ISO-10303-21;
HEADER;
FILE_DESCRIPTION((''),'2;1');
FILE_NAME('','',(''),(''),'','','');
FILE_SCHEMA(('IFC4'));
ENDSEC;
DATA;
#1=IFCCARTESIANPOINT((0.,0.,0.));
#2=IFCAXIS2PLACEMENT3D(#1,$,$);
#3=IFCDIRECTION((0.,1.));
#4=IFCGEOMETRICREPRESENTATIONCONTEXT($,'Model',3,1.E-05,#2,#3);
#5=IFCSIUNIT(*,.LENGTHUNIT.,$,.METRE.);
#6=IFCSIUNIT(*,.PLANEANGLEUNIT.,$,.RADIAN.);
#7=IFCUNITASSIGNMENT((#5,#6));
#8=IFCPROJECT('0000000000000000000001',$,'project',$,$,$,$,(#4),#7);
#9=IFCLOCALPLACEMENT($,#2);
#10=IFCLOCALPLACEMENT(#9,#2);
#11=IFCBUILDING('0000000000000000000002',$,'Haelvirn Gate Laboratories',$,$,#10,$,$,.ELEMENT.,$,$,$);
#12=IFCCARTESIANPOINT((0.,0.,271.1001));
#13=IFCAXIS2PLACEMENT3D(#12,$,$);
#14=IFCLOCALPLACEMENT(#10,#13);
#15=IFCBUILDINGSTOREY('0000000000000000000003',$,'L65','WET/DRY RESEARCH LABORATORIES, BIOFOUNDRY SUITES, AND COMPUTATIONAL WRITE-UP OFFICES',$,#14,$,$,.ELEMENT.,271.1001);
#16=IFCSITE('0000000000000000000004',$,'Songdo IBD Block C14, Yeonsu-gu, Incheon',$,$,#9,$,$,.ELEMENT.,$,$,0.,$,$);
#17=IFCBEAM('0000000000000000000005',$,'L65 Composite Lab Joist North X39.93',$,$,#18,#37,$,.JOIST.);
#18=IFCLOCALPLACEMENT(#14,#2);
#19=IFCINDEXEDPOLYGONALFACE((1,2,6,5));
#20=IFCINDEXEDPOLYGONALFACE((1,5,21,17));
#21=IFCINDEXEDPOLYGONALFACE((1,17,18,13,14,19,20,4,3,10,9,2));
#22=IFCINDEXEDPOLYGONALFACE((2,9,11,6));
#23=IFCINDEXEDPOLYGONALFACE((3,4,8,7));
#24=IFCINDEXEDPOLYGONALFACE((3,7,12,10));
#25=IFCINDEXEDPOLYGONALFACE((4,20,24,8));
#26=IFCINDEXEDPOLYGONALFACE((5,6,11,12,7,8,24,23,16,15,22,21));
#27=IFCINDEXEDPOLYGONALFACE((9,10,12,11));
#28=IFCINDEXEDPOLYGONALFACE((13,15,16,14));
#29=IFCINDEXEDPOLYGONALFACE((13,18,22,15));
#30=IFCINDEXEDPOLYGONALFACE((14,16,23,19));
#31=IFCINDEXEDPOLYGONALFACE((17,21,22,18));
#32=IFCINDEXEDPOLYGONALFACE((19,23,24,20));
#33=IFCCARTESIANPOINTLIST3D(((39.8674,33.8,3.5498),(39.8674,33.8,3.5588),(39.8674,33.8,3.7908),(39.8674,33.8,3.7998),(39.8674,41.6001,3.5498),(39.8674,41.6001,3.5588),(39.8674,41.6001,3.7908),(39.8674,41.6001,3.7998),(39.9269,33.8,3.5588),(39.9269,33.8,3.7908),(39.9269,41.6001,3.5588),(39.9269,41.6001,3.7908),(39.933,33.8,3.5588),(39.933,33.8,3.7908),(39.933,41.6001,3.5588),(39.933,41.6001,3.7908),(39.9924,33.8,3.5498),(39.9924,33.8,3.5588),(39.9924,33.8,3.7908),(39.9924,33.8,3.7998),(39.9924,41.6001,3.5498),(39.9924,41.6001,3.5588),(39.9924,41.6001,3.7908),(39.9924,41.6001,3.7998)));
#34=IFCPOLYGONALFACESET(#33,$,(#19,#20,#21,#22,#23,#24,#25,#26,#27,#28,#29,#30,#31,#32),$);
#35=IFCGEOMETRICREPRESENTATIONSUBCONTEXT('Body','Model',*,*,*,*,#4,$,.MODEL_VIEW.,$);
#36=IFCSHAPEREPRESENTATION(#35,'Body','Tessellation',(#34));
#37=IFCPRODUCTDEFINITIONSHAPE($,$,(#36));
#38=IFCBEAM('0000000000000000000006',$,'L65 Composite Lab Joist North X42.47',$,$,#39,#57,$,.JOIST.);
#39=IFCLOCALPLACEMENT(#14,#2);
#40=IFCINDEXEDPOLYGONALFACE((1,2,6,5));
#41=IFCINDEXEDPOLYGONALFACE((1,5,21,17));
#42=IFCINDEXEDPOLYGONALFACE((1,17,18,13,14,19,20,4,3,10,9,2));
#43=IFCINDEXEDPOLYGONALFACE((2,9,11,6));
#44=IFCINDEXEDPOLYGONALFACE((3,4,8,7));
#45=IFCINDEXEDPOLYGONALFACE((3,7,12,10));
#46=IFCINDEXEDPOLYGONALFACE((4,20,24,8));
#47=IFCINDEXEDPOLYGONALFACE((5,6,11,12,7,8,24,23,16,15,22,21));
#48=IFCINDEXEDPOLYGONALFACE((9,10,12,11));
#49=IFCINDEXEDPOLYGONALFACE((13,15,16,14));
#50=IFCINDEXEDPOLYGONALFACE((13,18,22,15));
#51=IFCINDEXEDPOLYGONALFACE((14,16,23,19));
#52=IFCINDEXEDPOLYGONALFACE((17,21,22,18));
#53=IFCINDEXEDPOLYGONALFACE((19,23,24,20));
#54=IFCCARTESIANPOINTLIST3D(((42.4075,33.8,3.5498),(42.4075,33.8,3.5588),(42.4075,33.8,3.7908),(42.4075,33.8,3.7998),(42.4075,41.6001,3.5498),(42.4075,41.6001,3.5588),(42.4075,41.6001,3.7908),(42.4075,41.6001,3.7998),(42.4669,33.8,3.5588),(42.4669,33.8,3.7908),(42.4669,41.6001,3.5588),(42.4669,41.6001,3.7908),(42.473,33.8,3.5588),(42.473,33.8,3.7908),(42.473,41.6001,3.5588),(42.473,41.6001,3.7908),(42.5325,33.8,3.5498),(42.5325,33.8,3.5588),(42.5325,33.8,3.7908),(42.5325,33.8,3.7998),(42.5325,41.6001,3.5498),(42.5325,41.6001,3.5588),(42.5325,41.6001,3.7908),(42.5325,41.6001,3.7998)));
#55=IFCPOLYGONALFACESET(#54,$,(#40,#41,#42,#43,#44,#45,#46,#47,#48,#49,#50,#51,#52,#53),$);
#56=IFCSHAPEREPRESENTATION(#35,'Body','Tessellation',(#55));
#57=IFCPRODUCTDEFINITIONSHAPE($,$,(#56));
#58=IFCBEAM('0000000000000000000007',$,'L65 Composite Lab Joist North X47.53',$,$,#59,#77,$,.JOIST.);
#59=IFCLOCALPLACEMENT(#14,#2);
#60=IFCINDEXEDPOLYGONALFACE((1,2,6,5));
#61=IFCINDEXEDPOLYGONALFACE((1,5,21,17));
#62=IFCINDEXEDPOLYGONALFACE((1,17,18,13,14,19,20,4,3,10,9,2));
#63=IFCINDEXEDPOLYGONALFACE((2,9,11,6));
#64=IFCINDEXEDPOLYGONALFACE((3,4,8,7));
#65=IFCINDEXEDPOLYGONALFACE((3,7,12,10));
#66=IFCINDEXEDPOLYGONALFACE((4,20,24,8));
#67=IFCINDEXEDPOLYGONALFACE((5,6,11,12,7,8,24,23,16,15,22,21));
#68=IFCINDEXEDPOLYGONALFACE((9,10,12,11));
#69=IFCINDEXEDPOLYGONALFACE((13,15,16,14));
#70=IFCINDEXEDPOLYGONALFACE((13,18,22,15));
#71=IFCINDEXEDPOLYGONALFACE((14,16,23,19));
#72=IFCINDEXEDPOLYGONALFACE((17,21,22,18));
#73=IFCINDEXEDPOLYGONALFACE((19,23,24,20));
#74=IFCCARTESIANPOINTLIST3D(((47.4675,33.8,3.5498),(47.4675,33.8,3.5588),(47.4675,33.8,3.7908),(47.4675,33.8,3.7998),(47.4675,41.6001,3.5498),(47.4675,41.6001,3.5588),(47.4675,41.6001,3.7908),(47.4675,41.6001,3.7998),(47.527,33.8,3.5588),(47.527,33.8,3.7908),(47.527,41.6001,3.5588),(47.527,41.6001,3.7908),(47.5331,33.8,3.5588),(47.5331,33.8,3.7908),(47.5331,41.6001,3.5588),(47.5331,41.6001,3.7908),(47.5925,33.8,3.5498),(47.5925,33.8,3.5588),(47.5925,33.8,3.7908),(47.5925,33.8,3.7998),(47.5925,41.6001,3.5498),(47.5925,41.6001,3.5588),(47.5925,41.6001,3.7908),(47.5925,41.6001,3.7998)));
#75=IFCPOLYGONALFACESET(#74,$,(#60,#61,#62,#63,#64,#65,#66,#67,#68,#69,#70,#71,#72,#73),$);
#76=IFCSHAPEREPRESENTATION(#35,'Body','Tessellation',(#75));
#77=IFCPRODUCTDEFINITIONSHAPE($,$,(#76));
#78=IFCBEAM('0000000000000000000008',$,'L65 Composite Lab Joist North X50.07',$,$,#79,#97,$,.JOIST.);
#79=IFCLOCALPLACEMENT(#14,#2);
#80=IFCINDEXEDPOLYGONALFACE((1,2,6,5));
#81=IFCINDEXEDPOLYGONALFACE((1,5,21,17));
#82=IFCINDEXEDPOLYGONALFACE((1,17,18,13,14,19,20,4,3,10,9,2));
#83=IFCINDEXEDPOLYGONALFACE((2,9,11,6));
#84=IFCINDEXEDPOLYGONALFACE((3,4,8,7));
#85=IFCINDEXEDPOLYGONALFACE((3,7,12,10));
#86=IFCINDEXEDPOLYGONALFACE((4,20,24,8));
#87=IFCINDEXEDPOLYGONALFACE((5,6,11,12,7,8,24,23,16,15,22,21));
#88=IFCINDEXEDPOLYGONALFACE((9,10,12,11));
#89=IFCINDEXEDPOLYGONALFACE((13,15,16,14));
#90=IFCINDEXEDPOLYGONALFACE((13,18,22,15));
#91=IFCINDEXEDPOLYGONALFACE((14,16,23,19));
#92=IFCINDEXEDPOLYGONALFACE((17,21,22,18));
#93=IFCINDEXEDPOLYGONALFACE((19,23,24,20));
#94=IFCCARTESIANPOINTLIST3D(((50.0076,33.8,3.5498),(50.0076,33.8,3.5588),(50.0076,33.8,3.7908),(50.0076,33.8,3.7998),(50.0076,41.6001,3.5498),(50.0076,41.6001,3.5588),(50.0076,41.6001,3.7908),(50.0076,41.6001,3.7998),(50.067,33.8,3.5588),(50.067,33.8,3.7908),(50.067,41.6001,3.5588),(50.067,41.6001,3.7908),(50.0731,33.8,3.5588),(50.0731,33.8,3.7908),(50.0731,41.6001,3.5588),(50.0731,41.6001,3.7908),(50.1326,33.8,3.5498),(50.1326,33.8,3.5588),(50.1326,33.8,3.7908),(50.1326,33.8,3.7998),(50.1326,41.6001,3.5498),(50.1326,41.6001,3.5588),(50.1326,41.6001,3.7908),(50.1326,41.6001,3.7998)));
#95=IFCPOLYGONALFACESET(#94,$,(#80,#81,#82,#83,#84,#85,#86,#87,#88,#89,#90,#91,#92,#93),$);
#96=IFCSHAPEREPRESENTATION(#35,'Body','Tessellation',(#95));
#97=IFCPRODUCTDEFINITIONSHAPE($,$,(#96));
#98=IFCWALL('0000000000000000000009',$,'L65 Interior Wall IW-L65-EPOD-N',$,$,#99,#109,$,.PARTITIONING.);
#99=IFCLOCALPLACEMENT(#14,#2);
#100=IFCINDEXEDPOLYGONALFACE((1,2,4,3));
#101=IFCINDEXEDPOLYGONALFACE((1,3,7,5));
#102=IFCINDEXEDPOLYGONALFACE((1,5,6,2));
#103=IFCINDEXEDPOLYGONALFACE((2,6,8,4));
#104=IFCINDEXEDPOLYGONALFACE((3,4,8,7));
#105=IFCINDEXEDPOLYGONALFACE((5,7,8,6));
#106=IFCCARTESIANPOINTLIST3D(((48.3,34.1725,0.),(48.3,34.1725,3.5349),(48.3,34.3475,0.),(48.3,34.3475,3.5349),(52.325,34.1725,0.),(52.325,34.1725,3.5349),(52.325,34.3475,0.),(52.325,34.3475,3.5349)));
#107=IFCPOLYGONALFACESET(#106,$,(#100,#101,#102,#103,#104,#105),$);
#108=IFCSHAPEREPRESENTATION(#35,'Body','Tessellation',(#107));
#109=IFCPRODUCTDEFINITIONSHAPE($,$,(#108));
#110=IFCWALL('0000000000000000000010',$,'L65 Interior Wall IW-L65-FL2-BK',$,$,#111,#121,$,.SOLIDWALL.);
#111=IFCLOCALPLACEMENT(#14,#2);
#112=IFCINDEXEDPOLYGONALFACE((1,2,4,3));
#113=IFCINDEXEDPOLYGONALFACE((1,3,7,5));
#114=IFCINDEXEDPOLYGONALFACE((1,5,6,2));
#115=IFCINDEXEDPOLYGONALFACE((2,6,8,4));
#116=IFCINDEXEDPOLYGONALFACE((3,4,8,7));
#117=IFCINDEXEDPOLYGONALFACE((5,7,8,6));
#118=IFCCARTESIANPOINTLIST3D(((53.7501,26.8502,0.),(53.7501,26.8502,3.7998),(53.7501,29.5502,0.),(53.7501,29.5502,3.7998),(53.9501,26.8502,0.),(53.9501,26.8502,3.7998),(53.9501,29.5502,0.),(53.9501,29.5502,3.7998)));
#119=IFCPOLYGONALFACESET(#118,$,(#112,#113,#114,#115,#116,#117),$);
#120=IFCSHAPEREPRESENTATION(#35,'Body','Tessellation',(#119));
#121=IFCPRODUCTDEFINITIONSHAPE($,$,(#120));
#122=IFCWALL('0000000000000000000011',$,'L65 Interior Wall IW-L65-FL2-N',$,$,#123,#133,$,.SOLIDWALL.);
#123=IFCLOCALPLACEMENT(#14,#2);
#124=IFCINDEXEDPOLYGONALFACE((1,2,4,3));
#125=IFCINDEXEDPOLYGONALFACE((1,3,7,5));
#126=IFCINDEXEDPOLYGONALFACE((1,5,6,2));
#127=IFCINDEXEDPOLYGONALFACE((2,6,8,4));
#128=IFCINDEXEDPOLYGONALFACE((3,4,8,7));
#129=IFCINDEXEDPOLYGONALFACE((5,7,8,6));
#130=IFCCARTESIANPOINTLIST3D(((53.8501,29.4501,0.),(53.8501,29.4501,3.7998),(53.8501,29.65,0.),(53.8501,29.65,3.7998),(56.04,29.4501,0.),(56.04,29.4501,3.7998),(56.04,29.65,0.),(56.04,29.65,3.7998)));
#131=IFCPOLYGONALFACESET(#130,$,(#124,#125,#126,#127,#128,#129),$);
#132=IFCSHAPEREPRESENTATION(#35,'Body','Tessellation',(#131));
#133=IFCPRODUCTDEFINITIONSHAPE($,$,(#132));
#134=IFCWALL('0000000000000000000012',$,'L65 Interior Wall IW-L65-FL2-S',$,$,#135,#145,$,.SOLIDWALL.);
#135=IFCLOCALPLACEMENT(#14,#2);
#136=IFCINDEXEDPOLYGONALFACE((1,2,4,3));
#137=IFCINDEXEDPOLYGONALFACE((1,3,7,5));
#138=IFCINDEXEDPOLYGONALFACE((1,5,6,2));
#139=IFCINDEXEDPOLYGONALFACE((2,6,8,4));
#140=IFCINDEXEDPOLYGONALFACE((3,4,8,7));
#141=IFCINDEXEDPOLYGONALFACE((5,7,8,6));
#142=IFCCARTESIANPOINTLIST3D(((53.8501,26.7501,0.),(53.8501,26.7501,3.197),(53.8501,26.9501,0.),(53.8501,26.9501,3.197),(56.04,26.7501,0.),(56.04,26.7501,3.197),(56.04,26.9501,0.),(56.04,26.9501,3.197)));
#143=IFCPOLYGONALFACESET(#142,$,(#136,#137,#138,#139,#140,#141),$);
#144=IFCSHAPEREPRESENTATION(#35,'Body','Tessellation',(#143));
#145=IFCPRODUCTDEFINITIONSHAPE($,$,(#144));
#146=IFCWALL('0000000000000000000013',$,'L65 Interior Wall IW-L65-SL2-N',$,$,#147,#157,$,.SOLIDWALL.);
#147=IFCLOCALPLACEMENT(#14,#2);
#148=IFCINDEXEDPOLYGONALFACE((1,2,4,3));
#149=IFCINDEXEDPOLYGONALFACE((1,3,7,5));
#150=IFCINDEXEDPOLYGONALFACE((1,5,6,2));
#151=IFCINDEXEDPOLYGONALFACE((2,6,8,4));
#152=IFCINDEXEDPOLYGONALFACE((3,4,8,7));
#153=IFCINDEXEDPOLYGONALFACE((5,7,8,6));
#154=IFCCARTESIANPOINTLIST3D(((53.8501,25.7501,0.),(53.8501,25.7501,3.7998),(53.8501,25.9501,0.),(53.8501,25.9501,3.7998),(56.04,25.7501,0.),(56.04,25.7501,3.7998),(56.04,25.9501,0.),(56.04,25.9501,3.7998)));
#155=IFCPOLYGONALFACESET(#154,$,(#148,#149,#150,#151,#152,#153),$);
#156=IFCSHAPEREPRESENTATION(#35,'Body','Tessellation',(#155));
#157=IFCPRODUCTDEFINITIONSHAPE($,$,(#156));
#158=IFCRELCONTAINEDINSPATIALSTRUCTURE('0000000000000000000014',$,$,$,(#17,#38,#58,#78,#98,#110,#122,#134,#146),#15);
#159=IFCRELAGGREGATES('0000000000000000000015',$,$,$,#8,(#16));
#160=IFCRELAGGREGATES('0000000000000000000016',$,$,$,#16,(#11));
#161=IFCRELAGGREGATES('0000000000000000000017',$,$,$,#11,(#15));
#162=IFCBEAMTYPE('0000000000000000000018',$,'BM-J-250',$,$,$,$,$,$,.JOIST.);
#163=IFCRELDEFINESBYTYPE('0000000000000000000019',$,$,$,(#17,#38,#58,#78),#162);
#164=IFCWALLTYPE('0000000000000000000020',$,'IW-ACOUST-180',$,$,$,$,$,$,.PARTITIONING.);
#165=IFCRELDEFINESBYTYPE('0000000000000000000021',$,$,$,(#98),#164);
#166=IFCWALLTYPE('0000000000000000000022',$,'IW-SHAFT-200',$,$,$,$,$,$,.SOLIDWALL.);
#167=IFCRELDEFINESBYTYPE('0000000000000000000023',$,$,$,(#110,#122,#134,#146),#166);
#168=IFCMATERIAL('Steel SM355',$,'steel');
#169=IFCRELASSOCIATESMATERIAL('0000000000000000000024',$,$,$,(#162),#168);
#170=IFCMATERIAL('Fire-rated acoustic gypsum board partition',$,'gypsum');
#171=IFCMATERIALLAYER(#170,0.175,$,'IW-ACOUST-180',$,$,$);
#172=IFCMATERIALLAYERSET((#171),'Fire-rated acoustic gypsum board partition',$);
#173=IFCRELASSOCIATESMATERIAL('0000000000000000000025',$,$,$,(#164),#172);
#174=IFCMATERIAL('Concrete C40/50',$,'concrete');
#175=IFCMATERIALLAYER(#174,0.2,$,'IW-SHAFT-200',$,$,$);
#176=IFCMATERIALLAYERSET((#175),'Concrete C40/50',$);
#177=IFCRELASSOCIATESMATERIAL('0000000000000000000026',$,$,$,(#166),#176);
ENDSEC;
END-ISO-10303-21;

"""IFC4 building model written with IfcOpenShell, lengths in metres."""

from ifc_helpers import new_model, si_unit, direction, frame, frame_2d, origin, origin_2d, place, context, subcontext, project, spatial, rectangle, i_section, extrude, source, transform, mapped, material, layer, layer_set, material_profile, profile_set, type_object, type_shapes, element, save


model = new_model("IFC4")

# Units and contexts
model_context = context("Model", 3, precision=1e-05, world=origin(), true_north=direction((0.0, 1.0)))
body_context = subcontext(model_context, "Body", "Model", "MODEL_VIEW")
ifc_project = project(units=[si_unit("LENGTHUNIT", "METRE"), si_unit("PLANEANGLEUNIT", "RADIAN")], contexts=[model_context])

# Site, building, storey
site_placement = place(None, origin())
site = spatial("IfcSite", under=ifc_project, at=site_placement, Name="Songdo IBD Block C14, Yeonsu-gu, Incheon", CompositionType="ELEMENT", RefElevation=0.0)
building_placement = place(site_placement, origin())
building = spatial("IfcBuilding", under=site, at=building_placement, Name="Haelvirn Gate Laboratories", CompositionType="ELEMENT")
storey_placement = place(building_placement, frame((0.0, 0.0, 271.1001)))
storey = spatial("IfcBuildingStorey", under=building, at=storey_placement, Name="L65", Description="WET/DRY RESEARCH LABORATORIES, BIOFOUNDRY SUITES, AND COMPUTATIONAL WRITE-UP OFFICES", CompositionType="ELEMENT", Elevation=271.1001)

# Shared definitions
ifc_material_1 = material(Name="Steel SM355", Category="steel")

# Beams
ifc_material_profile_1 = material_profile(ifc_material_1, i_section(OverallWidth=0.125, OverallDepth=0.25, WebThickness=0.0061, FlangeThickness=0.009, at=origin_2d()), Name="H-250x125x6x9")
ifc_profile_set_1 = profile_set([ifc_material_profile_1], Name="Steel SM355")
beam_type_1 = type_object("IfcBeamType", Name="BM-J-250", PredefinedType="JOIST", material=ifc_profile_set_1)
shared_shape_1 = source(origin(), body_context, "Body", "SweptSolid", [
    extrude(i_section(OverallWidth=0.125, OverallDepth=0.25, WebThickness=0.0061, FlangeThickness=0.009, at=origin_2d()), origin(), (0.0, 0.0, 1.0), 7.8),
])
type_shapes(beam_type_1, [shared_shape_1])
for number, where, z_axis, x_axis, name in (
    (1, (39.9299, 33.8, 3.6748), (0.0, 1.0, 0.0), (-1.0, 0.0, 0.0), "L65 Composite Lab Joist North X39.93"),
    (2, (42.47, 33.8, 3.6748), (0.0, 1.0, 0.0), (-1.0, 0.0, 0.0), "L65 Composite Lab Joist North X42.47"),
    (3, (47.53, 33.8, 3.6748), (0.0, 1.0, 0.0), (-1.0, 0.0, 0.0), "L65 Composite Lab Joist North X47.53"),
    (4, (50.0701, 33.8, 3.6748), (0.0, 1.0, 0.0), (-1.0, 0.0, 0.0), "L65 Composite Lab Joist North X50.07"),
):
    element("IfcBeam", number, at=place(storey_placement, frame(where, z_axis=z_axis, x_axis=x_axis)), inside=storey, type_object=beam_type_1, Name=name, PredefinedType="JOIST", context=body_context, shape_type="MappedRepresentation", body=[
        mapped(shared_shape_1, transform((0.0, 0.0, 0.0), scale=1.0)),
    ])

# Walls
ifc_material_2 = material(Name="Fire-rated acoustic gypsum board partition", Category="gypsum")
ifc_layer_1 = layer(ifc_material_2, 0.175, Name="IW-ACOUST-180")
ifc_layer_set_1 = layer_set([ifc_layer_1], Name="Fire-rated acoustic gypsum board partition")
wall_type_1 = type_object("IfcWallType", Name="IW-ACOUST-180", PredefinedType="PARTITIONING", material=ifc_layer_set_1)
wall_1_placement = place(storey_placement, frame((48.3, 34.26, 0.0), z_axis=(0.0, 0.0, 1.0), x_axis=(1.0, 0.0, 0.0)))
element("IfcWall", 5, at=wall_1_placement, inside=storey, type_object=wall_type_1, Name="L65 Interior Wall IW-L65-EPOD-N", PredefinedType="PARTITIONING", context=body_context, shape_type="SweptSolid", body=[
    extrude(rectangle(XDim=4.0249, YDim=0.175, at=frame_2d((2.0125, 0.0))), origin(), (0.0, 0.0, 1.0), 3.5349),
])
ifc_material_3 = material(Name="Concrete C40/50", Category="concrete")
ifc_layer_2 = layer(ifc_material_3, 0.2, Name="IW-SHAFT-200")
ifc_layer_set_2 = layer_set([ifc_layer_2], Name="Concrete C40/50")
wall_type_2 = type_object("IfcWallType", Name="IW-SHAFT-200", PredefinedType="SOLIDWALL", material=ifc_layer_set_2)
wall_2_placement = place(storey_placement, frame((53.8501, 26.8501, 0.0), z_axis=(0.0, 0.0, 1.0), x_axis=(0.0, 1.0, 0.0)))
element("IfcWall", 6, at=wall_2_placement, inside=storey, type_object=wall_type_2, Name="L65 Interior Wall IW-L65-FL2-BK", PredefinedType="SOLIDWALL", context=body_context, shape_type="SweptSolid", body=[
    extrude(rectangle(XDim=2.7, YDim=0.2, at=frame_2d((1.3501, 0.0))), origin(), (0.0, 0.0, 1.0), 3.7998),
])
wall_3_placement = place(storey_placement, frame((53.8501, 29.55, 0.0), z_axis=(0.0, 0.0, 1.0), x_axis=(1.0, 0.0, 0.0)))
element("IfcWall", 7, at=wall_3_placement, inside=storey, type_object=wall_type_2, Name="L65 Interior Wall IW-L65-FL2-N", PredefinedType="SOLIDWALL", context=body_context, shape_type="SweptSolid", body=[
    extrude(rectangle(XDim=2.1899, YDim=0.2, at=frame_2d((1.095, 0.0))), origin(), (0.0, 0.0, 1.0), 3.7998),
])
wall_4_placement = place(storey_placement, frame((53.8501, 26.8501, 0.0), z_axis=(0.0, 0.0, 1.0), x_axis=(1.0, 0.0, 0.0)))
element("IfcWall", 8, at=wall_4_placement, inside=storey, type_object=wall_type_2, Name="L65 Interior Wall IW-L65-FL2-S", PredefinedType="SOLIDWALL", context=body_context, shape_type="SweptSolid", body=[
    extrude(rectangle(XDim=2.1899, YDim=0.2, at=frame_2d((1.095, 0.0))), origin(), (0.0, 0.0, 1.0), 3.197),
])
wall_5_placement = place(storey_placement, frame((53.8501, 25.8501, 0.0), z_axis=(0.0, 0.0, 1.0), x_axis=(1.0, 0.0, 0.0)))
element("IfcWall", 9, at=wall_5_placement, inside=storey, type_object=wall_type_2, Name="L65 Interior Wall IW-L65-SL2-N", PredefinedType="SOLIDWALL", context=body_context, shape_type="SweptSolid", body=[
    extrude(rectangle(XDim=2.1899, YDim=0.2, at=frame_2d((1.095, 0.0))), origin(), (0.0, 0.0, 1.0), 3.7998),
])

save(model, "model.ifc")
